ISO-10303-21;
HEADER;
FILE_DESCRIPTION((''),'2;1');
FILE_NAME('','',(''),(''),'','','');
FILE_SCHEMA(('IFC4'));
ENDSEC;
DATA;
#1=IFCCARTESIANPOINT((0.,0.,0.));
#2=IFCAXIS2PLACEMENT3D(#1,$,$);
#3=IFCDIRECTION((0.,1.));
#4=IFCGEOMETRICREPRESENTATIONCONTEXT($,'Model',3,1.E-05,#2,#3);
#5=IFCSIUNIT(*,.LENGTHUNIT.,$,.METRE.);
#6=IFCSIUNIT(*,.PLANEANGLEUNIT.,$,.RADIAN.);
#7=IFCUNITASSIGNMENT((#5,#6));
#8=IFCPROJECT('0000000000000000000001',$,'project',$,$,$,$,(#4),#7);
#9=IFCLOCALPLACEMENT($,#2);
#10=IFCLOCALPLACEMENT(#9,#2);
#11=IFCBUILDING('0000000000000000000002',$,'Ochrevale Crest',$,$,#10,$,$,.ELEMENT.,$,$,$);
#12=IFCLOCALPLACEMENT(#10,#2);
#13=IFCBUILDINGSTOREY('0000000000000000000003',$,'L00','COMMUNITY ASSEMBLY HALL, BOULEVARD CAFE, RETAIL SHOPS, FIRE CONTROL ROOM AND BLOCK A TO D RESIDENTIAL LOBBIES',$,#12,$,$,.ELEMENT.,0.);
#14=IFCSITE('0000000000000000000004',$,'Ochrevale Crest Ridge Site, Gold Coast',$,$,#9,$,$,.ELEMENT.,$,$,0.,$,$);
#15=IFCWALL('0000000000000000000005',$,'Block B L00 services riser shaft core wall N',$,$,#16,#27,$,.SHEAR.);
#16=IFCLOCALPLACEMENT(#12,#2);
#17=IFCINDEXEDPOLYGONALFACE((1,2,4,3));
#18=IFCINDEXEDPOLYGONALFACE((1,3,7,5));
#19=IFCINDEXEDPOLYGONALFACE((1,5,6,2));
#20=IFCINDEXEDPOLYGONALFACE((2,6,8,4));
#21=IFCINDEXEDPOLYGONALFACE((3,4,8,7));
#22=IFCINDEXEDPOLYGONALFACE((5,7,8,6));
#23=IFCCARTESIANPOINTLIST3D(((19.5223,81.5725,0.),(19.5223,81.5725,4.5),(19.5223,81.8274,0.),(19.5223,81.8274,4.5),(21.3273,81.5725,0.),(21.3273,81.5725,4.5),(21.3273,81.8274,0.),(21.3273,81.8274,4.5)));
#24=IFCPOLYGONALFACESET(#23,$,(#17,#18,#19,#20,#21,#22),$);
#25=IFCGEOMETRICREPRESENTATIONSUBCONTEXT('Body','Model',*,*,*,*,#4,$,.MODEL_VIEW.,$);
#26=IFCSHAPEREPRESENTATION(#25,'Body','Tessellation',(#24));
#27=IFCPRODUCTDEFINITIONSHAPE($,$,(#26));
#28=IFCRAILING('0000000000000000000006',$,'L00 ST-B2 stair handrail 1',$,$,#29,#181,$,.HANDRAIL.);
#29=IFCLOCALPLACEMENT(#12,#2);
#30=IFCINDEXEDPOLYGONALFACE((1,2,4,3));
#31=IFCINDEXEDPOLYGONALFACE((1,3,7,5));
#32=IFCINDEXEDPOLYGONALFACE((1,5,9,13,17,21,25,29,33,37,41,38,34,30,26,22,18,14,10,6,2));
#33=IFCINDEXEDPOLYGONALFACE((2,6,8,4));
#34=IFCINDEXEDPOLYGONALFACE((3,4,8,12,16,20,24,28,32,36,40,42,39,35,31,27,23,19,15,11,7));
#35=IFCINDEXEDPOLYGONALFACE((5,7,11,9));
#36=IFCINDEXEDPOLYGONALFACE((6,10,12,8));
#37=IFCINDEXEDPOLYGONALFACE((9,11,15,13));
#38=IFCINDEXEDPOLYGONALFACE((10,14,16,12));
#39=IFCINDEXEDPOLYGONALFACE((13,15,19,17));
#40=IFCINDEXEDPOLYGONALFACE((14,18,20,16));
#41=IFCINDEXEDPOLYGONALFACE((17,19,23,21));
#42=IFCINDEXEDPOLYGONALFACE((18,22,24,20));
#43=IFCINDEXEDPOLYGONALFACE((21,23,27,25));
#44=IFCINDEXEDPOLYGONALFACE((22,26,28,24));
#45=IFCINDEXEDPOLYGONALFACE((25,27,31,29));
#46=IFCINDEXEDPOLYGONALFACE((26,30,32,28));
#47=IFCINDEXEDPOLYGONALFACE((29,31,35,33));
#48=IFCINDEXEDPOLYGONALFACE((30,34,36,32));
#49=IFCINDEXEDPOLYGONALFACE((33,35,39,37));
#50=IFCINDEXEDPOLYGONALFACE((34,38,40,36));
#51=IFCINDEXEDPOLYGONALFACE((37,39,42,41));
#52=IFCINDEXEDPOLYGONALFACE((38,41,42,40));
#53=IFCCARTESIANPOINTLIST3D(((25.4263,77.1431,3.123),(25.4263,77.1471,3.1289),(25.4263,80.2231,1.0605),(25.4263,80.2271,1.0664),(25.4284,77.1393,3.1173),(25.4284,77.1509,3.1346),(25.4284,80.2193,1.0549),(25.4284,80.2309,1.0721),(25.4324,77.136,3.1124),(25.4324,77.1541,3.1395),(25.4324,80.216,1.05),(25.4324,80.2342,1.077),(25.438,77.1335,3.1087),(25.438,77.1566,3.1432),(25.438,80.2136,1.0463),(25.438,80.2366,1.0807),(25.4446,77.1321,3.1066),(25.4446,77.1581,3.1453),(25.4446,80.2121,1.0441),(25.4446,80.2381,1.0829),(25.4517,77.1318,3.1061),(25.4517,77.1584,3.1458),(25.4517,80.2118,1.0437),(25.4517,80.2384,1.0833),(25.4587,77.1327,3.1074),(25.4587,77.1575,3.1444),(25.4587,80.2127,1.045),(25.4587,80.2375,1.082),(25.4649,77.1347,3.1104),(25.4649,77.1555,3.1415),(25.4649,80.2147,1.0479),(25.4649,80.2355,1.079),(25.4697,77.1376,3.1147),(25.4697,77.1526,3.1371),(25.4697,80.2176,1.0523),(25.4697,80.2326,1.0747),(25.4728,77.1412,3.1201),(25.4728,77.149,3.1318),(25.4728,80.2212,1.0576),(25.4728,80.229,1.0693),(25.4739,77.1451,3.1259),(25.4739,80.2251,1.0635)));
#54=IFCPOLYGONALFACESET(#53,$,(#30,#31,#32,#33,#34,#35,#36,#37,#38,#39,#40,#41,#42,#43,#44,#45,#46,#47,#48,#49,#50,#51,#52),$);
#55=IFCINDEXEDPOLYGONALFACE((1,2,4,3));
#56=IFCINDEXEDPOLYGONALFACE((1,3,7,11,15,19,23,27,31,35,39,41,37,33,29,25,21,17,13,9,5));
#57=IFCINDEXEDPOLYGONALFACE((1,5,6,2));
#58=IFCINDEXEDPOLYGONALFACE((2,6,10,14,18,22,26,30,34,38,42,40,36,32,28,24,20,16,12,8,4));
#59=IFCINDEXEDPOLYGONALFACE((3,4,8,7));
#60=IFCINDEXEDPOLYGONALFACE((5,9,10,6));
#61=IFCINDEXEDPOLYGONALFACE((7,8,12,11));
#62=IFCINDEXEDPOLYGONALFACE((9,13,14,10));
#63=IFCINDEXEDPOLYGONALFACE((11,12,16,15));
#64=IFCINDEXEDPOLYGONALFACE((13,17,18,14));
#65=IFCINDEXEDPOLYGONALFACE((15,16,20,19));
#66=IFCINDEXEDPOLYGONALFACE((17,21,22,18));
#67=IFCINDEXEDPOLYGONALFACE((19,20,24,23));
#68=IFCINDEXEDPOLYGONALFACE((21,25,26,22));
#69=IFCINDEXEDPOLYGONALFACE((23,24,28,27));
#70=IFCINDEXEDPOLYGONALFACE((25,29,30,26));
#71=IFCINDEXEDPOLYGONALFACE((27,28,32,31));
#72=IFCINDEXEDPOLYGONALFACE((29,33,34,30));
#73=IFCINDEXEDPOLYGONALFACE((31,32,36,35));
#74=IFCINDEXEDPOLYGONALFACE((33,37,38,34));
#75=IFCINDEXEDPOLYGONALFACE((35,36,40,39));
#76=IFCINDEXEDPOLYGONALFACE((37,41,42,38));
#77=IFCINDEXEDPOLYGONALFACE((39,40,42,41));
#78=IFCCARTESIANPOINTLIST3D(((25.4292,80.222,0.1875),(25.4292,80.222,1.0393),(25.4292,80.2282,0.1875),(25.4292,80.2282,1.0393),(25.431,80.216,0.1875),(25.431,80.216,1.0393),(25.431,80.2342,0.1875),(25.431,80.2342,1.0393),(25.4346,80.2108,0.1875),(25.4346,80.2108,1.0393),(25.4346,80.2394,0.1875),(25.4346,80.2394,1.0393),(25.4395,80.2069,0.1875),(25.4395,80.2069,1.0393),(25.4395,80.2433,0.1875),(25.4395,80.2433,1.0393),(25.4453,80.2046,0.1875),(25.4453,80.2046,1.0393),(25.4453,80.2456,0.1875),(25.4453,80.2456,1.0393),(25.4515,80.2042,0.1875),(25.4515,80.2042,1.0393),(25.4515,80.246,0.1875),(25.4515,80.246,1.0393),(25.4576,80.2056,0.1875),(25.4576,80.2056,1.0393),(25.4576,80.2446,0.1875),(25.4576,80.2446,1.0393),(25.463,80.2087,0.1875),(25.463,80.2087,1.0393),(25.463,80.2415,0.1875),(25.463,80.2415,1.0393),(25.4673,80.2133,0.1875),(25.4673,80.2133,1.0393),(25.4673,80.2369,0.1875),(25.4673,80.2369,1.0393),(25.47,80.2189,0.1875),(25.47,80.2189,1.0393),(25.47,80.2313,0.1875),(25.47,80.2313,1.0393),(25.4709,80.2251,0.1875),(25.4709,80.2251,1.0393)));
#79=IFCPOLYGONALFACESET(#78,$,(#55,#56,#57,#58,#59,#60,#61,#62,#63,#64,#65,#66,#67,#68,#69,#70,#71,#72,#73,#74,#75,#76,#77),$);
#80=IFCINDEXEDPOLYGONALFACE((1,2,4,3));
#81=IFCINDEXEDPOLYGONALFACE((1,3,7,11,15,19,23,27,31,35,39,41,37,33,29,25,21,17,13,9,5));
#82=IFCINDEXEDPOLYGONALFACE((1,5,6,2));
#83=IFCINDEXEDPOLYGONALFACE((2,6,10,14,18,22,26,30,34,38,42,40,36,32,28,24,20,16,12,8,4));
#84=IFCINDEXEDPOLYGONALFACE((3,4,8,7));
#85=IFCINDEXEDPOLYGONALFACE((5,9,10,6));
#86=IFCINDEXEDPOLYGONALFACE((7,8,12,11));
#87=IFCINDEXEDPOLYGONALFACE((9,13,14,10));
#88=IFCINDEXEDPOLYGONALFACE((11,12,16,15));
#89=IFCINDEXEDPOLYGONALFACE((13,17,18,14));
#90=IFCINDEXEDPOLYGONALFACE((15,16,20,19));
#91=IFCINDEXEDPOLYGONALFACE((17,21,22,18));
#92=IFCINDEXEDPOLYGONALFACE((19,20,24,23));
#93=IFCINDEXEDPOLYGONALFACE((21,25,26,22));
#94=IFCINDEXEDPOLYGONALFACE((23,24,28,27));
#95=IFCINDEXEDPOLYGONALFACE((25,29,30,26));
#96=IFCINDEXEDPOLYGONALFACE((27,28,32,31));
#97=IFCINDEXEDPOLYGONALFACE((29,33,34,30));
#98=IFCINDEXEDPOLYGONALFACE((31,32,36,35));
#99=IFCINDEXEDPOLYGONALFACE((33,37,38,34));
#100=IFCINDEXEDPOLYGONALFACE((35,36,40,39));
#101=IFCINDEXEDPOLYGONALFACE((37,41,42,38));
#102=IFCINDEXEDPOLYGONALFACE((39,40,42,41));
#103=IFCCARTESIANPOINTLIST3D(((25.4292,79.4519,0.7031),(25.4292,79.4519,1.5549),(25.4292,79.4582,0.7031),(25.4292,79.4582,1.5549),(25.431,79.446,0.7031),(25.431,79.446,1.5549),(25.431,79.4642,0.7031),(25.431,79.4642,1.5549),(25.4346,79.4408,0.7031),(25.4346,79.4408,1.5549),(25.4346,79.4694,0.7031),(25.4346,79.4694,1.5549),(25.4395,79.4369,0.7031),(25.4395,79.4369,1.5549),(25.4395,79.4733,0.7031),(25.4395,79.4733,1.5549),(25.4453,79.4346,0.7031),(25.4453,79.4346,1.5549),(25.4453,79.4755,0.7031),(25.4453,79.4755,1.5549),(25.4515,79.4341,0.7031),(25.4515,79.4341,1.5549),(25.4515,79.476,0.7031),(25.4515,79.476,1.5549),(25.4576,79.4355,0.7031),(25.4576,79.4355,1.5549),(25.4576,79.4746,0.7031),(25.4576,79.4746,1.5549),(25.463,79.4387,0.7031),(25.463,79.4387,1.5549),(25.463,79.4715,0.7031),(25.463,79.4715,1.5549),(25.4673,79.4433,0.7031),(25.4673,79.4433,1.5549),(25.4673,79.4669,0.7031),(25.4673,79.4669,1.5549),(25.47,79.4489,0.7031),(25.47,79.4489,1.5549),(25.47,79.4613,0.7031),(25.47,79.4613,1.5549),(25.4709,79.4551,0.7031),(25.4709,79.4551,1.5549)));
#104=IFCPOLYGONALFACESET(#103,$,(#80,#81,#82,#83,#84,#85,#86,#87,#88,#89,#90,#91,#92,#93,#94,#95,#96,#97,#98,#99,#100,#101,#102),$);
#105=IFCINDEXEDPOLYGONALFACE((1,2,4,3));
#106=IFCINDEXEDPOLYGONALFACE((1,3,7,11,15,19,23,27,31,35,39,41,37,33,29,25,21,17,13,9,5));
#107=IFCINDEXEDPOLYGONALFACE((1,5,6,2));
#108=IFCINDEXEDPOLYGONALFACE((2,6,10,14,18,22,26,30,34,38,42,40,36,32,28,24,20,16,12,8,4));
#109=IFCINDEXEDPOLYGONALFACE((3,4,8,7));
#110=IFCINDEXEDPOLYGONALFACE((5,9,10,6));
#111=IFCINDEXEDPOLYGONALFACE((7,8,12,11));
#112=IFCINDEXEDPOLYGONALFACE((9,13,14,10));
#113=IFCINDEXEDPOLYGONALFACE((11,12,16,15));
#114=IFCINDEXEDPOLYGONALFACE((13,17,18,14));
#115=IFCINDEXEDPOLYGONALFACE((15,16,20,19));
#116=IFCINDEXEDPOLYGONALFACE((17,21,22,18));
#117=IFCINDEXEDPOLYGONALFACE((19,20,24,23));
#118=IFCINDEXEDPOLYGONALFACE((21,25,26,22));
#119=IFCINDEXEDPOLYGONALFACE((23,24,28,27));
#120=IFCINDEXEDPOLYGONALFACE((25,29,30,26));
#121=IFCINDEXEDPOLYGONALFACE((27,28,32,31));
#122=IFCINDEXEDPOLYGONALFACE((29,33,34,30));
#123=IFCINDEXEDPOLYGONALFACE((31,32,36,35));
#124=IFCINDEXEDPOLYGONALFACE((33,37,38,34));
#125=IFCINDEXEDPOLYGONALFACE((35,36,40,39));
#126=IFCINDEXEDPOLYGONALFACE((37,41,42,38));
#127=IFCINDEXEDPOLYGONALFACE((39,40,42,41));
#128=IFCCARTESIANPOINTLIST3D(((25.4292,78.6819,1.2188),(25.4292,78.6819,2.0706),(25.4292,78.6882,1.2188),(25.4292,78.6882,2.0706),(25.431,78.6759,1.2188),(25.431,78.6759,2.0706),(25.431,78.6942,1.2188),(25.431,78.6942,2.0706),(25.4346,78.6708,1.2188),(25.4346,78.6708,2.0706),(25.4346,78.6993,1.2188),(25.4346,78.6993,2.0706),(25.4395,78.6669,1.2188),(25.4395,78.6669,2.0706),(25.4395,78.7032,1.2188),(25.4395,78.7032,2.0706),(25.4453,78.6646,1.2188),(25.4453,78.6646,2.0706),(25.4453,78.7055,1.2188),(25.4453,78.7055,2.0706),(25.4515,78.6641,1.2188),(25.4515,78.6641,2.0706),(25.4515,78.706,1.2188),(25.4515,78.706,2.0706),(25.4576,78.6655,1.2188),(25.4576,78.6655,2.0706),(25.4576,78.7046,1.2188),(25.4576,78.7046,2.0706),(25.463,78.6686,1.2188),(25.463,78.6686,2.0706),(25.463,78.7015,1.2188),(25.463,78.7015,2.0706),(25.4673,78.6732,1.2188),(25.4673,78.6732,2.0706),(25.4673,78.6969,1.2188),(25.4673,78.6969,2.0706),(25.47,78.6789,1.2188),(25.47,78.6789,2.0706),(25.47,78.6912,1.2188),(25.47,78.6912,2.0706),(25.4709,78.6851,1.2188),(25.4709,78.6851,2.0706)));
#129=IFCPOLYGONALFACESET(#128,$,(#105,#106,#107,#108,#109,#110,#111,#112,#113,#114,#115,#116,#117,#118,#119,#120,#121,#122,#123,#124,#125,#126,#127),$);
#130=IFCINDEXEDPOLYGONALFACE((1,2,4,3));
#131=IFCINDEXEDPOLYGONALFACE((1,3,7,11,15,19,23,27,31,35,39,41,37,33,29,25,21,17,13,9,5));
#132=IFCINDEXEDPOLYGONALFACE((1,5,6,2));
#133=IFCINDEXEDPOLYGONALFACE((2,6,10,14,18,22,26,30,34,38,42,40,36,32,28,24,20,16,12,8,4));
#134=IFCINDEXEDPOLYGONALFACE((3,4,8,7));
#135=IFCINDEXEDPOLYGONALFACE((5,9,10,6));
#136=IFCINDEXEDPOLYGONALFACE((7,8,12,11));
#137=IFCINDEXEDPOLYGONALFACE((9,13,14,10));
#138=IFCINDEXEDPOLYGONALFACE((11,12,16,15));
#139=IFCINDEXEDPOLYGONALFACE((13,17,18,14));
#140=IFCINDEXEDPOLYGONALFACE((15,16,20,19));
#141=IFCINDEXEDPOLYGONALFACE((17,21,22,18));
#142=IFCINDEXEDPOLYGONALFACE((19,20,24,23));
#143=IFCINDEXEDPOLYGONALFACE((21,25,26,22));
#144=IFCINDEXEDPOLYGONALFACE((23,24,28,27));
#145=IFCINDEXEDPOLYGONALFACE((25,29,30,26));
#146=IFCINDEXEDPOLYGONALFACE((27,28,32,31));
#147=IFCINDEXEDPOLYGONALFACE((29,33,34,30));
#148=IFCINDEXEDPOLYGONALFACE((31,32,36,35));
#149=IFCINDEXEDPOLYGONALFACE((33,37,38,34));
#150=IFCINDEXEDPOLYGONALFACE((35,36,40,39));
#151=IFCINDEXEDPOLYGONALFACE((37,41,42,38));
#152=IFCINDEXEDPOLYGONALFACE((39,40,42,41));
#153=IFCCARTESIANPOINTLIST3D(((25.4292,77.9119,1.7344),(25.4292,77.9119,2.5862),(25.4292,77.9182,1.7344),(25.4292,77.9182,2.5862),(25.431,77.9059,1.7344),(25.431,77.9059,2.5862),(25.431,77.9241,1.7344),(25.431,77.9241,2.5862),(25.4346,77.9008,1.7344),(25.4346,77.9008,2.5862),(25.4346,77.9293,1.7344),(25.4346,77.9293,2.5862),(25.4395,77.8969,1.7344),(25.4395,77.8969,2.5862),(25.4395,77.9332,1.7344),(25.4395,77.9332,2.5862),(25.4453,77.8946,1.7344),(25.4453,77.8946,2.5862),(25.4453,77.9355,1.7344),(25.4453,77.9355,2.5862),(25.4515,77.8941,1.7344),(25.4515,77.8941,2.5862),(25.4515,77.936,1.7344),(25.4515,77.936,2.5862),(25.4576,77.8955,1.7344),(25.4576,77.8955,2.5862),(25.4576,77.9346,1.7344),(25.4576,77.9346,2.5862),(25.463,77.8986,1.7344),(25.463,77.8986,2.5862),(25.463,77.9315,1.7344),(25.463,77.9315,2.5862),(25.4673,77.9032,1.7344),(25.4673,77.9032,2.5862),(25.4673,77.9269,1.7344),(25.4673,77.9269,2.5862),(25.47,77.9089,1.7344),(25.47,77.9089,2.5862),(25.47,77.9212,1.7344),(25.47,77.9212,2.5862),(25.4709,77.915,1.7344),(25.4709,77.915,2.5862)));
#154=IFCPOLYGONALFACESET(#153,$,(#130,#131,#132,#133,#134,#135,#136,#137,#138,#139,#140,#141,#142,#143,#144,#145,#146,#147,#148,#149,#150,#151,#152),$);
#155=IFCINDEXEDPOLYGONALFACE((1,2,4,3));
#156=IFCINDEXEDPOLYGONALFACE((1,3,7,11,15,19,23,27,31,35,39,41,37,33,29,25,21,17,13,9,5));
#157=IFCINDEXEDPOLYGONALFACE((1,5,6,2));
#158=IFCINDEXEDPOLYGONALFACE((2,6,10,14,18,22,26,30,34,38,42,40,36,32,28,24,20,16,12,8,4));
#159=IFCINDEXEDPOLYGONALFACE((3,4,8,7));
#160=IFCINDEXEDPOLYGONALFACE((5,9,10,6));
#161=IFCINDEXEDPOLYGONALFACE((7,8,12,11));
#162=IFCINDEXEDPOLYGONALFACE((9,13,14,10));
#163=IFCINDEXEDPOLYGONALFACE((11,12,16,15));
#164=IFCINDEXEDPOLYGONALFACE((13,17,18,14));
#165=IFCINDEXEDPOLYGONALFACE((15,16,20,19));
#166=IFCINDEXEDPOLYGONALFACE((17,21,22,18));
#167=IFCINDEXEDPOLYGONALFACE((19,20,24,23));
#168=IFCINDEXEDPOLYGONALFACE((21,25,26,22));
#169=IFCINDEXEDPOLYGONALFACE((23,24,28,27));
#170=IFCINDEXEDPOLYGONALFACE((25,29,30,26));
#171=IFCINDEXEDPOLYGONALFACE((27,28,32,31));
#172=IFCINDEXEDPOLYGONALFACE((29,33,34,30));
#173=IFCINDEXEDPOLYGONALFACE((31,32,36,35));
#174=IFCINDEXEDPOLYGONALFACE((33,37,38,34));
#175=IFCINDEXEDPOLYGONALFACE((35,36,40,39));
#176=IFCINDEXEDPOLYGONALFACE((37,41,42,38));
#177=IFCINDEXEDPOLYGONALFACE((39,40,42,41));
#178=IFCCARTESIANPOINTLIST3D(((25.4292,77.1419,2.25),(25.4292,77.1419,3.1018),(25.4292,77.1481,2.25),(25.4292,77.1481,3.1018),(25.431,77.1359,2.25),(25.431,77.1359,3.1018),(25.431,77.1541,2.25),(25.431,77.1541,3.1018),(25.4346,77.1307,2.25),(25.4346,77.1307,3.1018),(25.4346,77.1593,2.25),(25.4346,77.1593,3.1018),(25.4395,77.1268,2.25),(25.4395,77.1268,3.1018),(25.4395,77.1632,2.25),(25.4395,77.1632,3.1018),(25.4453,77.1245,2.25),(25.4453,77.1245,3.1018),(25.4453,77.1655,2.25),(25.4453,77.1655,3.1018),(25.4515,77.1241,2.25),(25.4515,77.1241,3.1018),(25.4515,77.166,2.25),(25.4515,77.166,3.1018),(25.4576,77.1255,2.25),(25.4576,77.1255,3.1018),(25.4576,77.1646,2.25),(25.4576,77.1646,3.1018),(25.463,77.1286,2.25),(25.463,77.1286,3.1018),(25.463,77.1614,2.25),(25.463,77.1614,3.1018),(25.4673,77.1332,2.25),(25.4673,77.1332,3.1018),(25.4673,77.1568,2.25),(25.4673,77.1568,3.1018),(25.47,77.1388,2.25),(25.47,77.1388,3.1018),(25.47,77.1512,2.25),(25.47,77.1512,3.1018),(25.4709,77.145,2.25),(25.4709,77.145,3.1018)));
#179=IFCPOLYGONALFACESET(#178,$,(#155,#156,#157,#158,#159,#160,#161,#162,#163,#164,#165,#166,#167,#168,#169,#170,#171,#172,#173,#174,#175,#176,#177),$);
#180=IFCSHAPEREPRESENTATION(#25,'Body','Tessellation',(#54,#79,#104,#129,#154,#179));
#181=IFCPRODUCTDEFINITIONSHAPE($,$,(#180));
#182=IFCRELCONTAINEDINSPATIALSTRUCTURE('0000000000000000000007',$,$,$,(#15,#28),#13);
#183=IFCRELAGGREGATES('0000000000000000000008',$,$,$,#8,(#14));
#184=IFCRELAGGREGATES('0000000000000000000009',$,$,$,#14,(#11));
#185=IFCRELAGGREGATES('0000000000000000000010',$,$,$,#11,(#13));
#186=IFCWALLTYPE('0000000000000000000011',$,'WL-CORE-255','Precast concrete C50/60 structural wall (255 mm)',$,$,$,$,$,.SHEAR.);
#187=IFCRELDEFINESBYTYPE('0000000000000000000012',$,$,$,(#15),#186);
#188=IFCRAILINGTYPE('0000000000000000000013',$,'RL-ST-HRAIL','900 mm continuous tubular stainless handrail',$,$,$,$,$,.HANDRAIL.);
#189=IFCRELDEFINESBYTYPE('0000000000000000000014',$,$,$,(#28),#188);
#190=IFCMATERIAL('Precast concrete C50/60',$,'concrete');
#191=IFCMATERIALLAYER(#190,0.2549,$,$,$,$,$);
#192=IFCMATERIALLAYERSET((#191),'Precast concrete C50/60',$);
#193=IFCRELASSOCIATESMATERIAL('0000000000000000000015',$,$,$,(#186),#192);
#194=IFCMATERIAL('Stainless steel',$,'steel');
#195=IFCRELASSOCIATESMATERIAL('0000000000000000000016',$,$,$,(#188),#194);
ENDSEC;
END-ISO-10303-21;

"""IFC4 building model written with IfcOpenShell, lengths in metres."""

from ifc_helpers import new_model, si_unit, direction, frame, frame_2d, origin, origin_2d, place, context, subcontext, project, spatial, rectangle, circle, extrude, material, layer, layer_set, type_object, element, save


model = new_model("IFC4")

# Units and contexts
model_context = context("Model", 3, precision=1e-05, world=origin(), true_north=direction((0.0, 1.0)))
body_context = subcontext(model_context, "Body", "Model", "MODEL_VIEW")
ifc_project = project(units=[si_unit("LENGTHUNIT", "METRE"), si_unit("PLANEANGLEUNIT", "RADIAN")], contexts=[model_context])

# Site, building, storey
site_placement = place(None, origin())
site = spatial("IfcSite", under=ifc_project, at=site_placement, Name="Ochrevale Crest Ridge Site, Gold Coast", CompositionType="ELEMENT", RefElevation=0.0)
building_placement = place(site_placement, origin())
building = spatial("IfcBuilding", under=site, at=building_placement, Name="Ochrevale Crest", CompositionType="ELEMENT")
storey_placement = place(building_placement, origin())
storey = spatial("IfcBuildingStorey", under=building, at=storey_placement, Name="L00", Description="COMMUNITY ASSEMBLY HALL, BOULEVARD CAFE, RETAIL SHOPS, FIRE CONTROL ROOM AND BLOCK A TO D RESIDENTIAL LOBBIES", CompositionType="ELEMENT", Elevation=0.0)

# Shared definitions
ifc_material_1 = material(Name="Precast concrete C50/60", Category="concrete")

# Shared definitions
ifc_layer = layer(ifc_material_1, 0.2549)
ifc_layer_set = layer_set([ifc_layer], Name="Precast concrete C50/60")
wall_type = type_object("IfcWallType", Name="WL-CORE-255", Description="Precast concrete C50/60 structural wall (255 mm)", PredefinedType="SHEAR", material=ifc_layer_set)

# Wall
for number, where, z_axis, x_axis, name in (
    (1, (19.5225, 81.7, 0.0), (0.0, 0.0, 1.0), (1.0, 0.0, 0.0), "Block B L00 services riser shaft core wall N"),
):
    element("IfcWall", number, at=place(storey_placement, frame(where, z_axis=z_axis, x_axis=x_axis)), inside=storey, type_object=wall_type, Name=name, PredefinedType="SHEAR", context=body_context, shape_type="SweptSolid", body=[
        extrude(rectangle(XDim=1.8049, YDim=0.2549, at=frame_2d((0.9023, 0.0))), origin(), (0.0, 0.0, 1.0), 4.5),
    ])

# Railing
ifc_material_2 = material(Name="Stainless steel", Category="steel")
railing_type = type_object("IfcRailingType", Name="RL-ST-HRAIL", Description="900 mm continuous tubular stainless handrail", PredefinedType="HANDRAIL", material=ifc_material_2)
railing_placement = place(storey_placement, frame((25.45, 80.2251, 0.1875)))
element("IfcRailing", 2, at=railing_placement, inside=storey, type_object=railing_type, Name="L00 ST-B2 stair handrail 1", PredefinedType="HANDRAIL", context=body_context, shape_type="SweptSolid", body=[
    extrude(circle(Radius=0.0239, at=origin_2d()), frame((0.0, 0.0, 0.876), z_axis=(0.0, -0.830914, 0.556401), x_axis=(1.0, 0.0, 0.0)), (0.0, 0.0, 1.0), 3.7068),
    extrude(circle(Radius=0.021, at=origin_2d()), origin(), (0.0, 0.0, 1.0), 0.8518),
    extrude(circle(Radius=0.021, at=origin_2d()), frame((0.0, -0.77, 0.5156)), (0.0, 0.0, 1.0), 0.8518),
    extrude(circle(Radius=0.021, at=origin_2d()), frame((0.0, -1.54, 1.0312)), (0.0, 0.0, 1.0), 0.8518),
    extrude(circle(Radius=0.021, at=origin_2d()), frame((0.0, -2.3101, 1.5469)), (0.0, 0.0, 1.0), 0.8518),
    extrude(circle(Radius=0.021, at=origin_2d()), frame((0.0, -3.0801, 2.0625)), (0.0, 0.0, 1.0), 0.8518),
])

save(model, "model.ifc")
